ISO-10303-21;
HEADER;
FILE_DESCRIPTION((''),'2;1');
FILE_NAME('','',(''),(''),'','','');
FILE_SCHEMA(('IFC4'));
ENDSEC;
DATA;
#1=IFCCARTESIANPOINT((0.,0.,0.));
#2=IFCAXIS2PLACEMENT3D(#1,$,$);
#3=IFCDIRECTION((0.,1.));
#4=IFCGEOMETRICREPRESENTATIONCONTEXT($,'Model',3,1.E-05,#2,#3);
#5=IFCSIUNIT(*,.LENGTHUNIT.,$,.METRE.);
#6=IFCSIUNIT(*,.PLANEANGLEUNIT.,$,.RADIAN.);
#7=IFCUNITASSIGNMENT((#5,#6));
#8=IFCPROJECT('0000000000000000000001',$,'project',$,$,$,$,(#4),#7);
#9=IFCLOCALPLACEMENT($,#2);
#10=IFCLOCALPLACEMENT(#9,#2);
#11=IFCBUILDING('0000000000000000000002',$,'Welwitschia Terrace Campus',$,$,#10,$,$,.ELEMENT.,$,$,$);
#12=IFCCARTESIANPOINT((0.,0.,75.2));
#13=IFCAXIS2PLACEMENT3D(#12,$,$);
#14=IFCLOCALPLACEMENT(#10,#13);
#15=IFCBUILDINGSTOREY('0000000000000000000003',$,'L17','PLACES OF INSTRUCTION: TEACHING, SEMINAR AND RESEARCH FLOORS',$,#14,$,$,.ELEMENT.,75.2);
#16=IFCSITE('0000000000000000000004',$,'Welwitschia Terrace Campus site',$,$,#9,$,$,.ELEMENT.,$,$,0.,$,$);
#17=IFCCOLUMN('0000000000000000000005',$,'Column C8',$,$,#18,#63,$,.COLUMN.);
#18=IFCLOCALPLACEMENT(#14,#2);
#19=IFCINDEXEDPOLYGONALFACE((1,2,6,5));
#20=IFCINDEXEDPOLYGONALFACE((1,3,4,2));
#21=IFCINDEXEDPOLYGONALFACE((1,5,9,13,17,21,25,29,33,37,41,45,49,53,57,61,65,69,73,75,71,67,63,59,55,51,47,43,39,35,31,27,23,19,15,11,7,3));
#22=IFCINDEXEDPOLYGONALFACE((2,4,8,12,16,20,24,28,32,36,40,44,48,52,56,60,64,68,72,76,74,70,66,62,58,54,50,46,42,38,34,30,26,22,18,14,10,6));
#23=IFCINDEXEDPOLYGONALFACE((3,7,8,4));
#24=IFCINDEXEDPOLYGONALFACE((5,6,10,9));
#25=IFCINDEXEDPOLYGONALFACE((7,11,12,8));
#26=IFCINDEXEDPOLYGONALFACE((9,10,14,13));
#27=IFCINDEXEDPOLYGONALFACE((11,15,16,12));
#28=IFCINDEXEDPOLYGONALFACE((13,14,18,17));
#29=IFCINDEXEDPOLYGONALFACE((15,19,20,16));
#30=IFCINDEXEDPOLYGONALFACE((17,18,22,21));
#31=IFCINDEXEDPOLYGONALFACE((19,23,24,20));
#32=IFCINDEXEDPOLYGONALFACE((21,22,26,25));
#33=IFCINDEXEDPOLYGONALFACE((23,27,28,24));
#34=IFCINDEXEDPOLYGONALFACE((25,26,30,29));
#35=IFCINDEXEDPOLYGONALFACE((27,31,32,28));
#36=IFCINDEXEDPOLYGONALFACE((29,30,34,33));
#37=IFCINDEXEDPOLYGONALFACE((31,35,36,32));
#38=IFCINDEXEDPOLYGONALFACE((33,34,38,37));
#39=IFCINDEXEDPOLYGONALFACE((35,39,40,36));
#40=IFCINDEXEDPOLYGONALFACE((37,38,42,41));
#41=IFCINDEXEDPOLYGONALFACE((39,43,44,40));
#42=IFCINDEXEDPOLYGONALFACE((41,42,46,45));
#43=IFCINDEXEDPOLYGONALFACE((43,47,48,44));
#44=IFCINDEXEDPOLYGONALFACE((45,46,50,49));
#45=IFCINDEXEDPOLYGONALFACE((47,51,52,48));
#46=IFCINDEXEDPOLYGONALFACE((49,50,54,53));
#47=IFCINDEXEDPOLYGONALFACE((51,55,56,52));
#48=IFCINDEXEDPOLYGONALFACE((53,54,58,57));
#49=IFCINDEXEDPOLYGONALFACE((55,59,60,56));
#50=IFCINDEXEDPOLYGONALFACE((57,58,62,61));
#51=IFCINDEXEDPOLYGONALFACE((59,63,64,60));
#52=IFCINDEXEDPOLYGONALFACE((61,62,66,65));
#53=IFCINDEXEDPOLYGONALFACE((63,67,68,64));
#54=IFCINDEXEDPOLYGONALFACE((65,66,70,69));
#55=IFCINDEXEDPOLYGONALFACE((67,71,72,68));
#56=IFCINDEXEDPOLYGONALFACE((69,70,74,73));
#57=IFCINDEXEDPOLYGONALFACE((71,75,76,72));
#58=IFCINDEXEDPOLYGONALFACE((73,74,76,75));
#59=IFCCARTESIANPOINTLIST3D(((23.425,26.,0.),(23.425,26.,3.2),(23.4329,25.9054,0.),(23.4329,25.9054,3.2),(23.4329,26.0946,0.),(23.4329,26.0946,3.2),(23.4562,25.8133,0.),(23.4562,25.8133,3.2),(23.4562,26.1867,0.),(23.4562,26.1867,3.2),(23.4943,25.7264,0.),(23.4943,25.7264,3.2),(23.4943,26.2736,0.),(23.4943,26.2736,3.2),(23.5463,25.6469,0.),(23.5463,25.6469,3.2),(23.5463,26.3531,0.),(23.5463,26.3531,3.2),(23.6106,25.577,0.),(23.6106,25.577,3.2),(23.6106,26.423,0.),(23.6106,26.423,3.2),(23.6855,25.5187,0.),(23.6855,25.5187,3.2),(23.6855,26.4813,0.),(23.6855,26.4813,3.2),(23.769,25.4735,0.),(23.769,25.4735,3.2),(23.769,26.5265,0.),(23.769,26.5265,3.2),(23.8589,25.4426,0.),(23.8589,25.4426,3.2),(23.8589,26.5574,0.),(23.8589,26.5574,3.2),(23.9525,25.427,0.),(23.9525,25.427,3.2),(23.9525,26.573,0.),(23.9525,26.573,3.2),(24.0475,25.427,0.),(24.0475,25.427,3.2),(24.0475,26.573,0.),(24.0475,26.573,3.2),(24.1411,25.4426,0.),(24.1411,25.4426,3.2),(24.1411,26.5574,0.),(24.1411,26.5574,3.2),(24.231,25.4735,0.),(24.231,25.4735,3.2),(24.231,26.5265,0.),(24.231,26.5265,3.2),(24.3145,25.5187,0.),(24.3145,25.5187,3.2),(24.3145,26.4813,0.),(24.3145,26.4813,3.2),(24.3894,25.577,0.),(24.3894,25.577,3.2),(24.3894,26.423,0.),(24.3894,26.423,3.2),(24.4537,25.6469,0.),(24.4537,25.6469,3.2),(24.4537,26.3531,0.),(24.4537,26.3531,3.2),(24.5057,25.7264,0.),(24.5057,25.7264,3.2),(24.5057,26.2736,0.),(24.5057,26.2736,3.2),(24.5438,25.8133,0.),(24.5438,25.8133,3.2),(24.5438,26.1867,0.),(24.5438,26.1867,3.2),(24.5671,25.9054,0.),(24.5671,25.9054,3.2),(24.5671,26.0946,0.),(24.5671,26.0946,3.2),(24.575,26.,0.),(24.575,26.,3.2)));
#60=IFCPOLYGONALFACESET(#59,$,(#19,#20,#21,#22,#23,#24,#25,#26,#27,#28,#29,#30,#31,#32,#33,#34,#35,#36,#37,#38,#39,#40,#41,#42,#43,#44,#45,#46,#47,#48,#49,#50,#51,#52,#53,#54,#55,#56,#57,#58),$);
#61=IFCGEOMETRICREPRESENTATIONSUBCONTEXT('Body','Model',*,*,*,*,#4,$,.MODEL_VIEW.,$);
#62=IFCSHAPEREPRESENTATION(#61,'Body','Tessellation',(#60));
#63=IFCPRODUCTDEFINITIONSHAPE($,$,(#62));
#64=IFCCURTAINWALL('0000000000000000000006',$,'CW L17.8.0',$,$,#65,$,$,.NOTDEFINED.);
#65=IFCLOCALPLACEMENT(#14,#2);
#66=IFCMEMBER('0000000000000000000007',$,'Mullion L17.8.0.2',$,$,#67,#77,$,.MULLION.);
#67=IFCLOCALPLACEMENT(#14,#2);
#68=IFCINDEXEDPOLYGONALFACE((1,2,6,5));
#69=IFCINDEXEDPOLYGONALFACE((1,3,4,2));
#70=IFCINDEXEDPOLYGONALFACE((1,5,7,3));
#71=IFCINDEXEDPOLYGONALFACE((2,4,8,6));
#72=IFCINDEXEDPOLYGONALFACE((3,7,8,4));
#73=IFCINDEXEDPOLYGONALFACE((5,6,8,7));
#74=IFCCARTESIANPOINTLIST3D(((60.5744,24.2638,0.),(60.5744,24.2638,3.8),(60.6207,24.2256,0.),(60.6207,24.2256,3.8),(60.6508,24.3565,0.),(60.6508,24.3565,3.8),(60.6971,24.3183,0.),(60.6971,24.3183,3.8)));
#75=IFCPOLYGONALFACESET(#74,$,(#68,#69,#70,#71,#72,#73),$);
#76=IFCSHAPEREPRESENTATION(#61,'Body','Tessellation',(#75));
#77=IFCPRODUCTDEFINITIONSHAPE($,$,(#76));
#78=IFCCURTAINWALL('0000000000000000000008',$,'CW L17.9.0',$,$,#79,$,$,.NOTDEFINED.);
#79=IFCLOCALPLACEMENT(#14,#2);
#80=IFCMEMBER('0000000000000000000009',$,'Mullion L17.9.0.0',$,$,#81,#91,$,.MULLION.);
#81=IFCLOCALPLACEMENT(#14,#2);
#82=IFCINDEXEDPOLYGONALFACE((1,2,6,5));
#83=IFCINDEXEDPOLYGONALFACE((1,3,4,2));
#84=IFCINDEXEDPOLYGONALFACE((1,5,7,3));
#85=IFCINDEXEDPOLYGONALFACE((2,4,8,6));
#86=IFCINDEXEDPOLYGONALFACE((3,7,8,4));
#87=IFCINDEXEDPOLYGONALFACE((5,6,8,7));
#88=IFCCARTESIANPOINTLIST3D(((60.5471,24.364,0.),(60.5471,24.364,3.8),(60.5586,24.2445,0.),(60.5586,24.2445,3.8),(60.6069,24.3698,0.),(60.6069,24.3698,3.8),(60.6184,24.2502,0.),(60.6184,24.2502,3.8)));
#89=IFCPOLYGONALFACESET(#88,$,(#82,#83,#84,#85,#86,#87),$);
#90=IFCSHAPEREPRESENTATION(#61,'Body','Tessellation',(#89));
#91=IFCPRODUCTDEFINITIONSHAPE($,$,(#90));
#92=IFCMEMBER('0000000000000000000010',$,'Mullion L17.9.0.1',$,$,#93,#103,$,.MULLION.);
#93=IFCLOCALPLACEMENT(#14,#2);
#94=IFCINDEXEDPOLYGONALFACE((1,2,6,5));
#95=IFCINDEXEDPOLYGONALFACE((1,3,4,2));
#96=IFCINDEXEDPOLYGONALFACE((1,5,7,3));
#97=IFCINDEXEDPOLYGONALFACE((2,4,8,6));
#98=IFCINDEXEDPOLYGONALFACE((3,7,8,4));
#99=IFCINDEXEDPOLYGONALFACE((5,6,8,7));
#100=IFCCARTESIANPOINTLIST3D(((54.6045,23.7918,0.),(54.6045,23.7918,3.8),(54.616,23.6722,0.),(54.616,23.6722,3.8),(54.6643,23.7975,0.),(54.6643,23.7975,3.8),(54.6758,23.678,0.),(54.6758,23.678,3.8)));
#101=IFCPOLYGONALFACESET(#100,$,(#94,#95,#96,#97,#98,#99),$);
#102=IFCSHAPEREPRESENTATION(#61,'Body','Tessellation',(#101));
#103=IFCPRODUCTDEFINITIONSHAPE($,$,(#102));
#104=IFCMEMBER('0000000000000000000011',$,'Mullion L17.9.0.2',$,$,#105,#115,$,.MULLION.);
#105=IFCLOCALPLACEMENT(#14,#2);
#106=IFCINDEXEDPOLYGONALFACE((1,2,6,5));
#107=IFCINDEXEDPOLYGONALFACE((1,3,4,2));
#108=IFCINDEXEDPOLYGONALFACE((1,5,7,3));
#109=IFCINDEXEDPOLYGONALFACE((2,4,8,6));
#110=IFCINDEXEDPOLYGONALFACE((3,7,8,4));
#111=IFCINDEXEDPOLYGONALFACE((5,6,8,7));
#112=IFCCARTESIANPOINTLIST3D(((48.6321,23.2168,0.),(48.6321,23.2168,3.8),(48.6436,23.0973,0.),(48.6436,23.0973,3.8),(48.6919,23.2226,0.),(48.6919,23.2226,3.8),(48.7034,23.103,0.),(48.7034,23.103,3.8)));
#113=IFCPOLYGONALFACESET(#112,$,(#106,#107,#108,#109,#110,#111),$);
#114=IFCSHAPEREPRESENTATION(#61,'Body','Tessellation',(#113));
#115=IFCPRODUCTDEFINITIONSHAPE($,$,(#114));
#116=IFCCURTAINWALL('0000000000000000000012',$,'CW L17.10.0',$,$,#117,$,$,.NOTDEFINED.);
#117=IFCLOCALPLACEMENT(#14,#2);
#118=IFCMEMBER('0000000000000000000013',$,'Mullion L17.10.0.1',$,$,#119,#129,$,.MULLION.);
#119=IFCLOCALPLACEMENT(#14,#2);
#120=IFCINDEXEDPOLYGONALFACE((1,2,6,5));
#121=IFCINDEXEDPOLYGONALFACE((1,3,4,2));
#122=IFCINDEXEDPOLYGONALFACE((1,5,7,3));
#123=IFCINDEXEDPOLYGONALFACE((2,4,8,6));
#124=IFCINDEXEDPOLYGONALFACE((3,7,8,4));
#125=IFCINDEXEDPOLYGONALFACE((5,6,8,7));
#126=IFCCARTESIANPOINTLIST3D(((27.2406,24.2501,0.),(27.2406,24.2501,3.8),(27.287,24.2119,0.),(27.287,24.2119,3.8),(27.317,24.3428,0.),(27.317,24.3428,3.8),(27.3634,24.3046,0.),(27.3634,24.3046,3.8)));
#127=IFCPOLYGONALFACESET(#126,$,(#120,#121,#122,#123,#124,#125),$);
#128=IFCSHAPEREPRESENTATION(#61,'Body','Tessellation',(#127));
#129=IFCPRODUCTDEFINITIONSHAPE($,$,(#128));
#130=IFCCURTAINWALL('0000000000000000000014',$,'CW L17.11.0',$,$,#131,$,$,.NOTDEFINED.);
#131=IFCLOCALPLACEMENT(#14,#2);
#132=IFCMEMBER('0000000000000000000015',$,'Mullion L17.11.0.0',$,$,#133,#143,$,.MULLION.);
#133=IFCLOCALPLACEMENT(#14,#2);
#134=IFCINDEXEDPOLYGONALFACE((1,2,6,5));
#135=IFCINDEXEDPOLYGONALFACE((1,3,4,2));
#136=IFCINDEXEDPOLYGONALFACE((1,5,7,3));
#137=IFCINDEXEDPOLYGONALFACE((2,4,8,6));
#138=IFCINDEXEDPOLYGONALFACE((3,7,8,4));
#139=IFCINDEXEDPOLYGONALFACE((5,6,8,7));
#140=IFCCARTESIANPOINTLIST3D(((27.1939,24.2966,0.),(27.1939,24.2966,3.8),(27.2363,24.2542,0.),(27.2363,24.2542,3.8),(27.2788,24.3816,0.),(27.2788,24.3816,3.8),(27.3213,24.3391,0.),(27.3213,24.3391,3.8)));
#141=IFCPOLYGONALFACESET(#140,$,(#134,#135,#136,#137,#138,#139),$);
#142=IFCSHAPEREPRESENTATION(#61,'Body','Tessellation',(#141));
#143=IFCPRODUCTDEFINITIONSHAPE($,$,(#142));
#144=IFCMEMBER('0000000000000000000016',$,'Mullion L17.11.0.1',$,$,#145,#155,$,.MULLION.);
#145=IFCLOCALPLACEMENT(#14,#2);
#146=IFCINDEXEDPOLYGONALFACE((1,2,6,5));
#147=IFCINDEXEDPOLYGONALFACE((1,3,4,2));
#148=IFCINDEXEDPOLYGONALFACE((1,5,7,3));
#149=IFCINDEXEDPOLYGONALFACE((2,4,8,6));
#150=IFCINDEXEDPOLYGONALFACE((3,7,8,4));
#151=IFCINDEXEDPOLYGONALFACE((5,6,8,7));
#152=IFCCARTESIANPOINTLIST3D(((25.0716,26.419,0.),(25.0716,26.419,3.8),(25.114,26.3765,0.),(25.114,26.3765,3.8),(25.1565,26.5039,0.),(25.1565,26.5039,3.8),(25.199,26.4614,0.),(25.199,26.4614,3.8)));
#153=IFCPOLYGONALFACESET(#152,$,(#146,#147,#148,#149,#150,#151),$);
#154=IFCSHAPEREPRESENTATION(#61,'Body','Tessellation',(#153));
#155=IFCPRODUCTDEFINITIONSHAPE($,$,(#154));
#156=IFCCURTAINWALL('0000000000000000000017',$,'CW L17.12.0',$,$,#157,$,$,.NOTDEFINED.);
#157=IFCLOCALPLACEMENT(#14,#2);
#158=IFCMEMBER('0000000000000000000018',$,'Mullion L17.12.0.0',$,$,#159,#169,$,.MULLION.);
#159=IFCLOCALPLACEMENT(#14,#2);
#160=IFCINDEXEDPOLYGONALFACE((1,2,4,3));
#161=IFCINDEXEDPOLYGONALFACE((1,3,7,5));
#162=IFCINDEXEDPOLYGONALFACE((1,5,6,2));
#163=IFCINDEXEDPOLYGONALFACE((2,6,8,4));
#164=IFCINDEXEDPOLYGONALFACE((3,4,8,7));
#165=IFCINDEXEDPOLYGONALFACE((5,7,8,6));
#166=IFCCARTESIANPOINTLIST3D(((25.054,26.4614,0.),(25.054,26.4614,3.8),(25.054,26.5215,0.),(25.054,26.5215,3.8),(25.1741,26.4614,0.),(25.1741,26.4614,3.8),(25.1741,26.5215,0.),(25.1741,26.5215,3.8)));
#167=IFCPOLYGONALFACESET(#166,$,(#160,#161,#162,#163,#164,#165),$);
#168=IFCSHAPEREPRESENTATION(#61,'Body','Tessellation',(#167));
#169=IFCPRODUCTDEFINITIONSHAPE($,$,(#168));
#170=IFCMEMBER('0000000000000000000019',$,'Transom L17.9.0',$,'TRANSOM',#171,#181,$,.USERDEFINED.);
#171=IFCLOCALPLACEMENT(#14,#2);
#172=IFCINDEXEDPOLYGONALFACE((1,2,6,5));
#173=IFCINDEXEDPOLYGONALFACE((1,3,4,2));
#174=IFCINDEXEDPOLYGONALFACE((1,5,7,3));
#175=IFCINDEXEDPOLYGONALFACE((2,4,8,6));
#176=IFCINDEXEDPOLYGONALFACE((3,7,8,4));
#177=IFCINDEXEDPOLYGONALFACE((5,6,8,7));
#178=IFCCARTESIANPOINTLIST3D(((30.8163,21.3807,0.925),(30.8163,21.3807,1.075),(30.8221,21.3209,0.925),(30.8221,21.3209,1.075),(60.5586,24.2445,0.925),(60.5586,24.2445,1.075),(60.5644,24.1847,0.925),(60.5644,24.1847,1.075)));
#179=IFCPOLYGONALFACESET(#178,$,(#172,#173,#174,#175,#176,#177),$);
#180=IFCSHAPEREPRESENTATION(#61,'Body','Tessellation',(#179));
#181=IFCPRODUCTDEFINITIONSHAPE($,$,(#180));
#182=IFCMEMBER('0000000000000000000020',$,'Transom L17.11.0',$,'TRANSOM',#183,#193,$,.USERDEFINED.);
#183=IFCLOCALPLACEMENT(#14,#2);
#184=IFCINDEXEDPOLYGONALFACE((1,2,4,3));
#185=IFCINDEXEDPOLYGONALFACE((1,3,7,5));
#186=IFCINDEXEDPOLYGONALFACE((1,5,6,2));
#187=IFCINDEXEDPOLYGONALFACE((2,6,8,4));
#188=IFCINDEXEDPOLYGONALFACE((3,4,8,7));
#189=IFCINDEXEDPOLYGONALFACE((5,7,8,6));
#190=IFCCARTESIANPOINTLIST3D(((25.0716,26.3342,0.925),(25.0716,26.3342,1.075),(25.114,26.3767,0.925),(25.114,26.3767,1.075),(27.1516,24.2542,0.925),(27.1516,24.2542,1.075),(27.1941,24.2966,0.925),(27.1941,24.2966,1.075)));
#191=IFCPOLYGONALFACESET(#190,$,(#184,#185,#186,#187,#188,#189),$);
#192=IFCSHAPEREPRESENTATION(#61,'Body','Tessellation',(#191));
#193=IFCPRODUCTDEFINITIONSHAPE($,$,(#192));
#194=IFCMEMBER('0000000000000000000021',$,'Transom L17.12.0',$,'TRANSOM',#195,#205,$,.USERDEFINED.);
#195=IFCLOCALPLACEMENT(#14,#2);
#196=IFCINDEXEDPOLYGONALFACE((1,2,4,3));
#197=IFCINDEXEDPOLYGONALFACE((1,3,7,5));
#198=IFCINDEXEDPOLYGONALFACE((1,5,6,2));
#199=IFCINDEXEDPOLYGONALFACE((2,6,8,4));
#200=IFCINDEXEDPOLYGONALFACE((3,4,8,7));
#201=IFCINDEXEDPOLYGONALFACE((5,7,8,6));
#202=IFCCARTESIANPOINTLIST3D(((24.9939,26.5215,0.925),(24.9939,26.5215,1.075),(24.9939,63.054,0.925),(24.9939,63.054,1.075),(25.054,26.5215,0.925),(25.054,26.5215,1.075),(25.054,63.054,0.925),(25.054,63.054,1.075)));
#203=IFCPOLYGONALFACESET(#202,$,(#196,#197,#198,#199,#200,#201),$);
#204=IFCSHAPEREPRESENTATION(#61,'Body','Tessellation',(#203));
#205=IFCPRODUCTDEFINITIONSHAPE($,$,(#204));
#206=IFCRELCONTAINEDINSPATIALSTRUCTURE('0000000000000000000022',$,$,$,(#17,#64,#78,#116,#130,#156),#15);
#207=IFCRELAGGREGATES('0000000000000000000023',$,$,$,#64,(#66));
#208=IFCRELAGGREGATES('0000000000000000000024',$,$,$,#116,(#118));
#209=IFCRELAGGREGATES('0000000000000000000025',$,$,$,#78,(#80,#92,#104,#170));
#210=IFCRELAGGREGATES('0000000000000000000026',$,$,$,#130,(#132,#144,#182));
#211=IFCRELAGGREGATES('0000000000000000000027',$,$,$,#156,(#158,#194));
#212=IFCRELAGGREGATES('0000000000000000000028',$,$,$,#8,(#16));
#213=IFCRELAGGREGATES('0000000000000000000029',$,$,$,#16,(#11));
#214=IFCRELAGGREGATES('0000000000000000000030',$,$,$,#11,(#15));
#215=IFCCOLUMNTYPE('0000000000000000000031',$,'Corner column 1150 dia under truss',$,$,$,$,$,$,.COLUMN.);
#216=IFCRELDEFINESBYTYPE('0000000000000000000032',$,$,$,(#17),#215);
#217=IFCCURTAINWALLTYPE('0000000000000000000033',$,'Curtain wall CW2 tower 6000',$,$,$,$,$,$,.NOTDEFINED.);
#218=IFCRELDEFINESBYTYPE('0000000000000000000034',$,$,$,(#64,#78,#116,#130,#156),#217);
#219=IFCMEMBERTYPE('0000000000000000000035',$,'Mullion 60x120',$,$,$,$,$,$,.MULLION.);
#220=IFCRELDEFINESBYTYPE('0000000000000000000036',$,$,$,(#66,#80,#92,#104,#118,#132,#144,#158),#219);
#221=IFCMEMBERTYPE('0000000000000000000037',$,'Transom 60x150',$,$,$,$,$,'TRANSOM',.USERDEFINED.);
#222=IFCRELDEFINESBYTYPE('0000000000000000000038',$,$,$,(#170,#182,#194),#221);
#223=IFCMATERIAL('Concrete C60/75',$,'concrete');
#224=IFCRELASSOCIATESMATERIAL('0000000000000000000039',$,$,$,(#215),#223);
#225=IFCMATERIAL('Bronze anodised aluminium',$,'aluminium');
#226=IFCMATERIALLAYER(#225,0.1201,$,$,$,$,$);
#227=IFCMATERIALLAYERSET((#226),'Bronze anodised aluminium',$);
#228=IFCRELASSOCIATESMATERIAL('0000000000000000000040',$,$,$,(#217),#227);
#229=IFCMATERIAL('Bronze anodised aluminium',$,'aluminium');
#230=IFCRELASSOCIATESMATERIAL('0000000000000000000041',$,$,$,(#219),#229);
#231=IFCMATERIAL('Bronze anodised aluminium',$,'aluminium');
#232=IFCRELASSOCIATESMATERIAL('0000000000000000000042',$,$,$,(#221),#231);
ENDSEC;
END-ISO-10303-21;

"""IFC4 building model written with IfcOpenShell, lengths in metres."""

from ifc_helpers import new_model, si_unit, direction, frame, origin, origin_2d, place, context, subcontext, project, spatial, rectangle, circle, extrude, material, layer, layer_set, material_profile, profile_set, type_object, element, aggregate, save


model = new_model("IFC4")

# Units and contexts
model_context = context("Model", 3, precision=1e-05, world=origin(), true_north=direction((0.0, 1.0)))
body_context = subcontext(model_context, "Body", "Model", "MODEL_VIEW")
ifc_project = project(units=[si_unit("LENGTHUNIT", "METRE"), si_unit("PLANEANGLEUNIT", "RADIAN")], contexts=[model_context])

# Site, building, storey
site_placement = place(None, origin())
site = spatial("IfcSite", under=ifc_project, at=site_placement, Name="Welwitschia Terrace Campus site", CompositionType="ELEMENT", RefElevation=0.0)
building_placement = place(site_placement, origin())
building = spatial("IfcBuilding", under=site, at=building_placement, Name="Welwitschia Terrace Campus", CompositionType="ELEMENT")
storey_placement = place(building_placement, frame((0.0, 0.0, 75.2)))
storey = spatial("IfcBuildingStorey", under=building, at=storey_placement, Name="L17", Description="PLACES OF INSTRUCTION: TEACHING, SEMINAR AND RESEARCH FLOORS", CompositionType="ELEMENT", Elevation=75.2)

# Column
ifc_material_1 = material(Name="Concrete C60/75", Category="concrete")
ifc_material_profile_1 = material_profile(ifc_material_1, circle(Radius=0.575, at=origin_2d()))
ifc_profile_set_1 = profile_set([ifc_material_profile_1], Name="Concrete C60/75")
column_type = type_object("IfcColumnType", Name="Corner column 1150 dia under truss", PredefinedType="COLUMN", material=ifc_profile_set_1)
column_placement = place(storey_placement, frame((24.0, 26.0, 0.0), z_axis=(0.0, 0.0, 1.0), x_axis=(1.0, 0.0, 0.0)))
element("IfcColumn", 1, at=column_placement, inside=storey, type_object=column_type, Name="Column C8", PredefinedType="COLUMN", context=body_context, shape_type="SweptSolid", body=[
    extrude(circle(Radius=0.575, at=origin_2d()), origin(), (0.0, 0.0, 1.0), 3.2),
])

# Curtain wall, member
ifc_material_2 = material(Name="Bronze anodised aluminium", Category="aluminium")
ifc_layer_1 = layer(ifc_material_2, 0.1201)
ifc_layer_set_1 = layer_set([ifc_layer_1], Name="Bronze anodised aluminium")
curtain_wall_type = type_object("IfcCurtainWallType", Name="Curtain wall CW2 tower 6000", PredefinedType="NOTDEFINED", material=ifc_layer_set_1)
curtain_wall_1_placement = place(storey_placement, origin())
curtain_wall_1 = element("IfcCurtainWall", 2, at=curtain_wall_1_placement, inside=storey, type_object=curtain_wall_type, Name="CW L17.8.0", PredefinedType="NOTDEFINED")
ifc_material_3 = material(Name="Bronze anodised aluminium", Category="aluminium")
ifc_material_profile_2 = material_profile(ifc_material_3, rectangle(XDim=0.1201, YDim=0.0601, at=origin_2d()))
ifc_profile_set_2 = profile_set([ifc_material_profile_2], Name="Bronze anodised aluminium")
member_type_1 = type_object("IfcMemberType", Name="Mullion 60x120", PredefinedType="MULLION", material=ifc_profile_set_2)
member_1_placement = place(storey_placement, frame((60.6357, 24.291, 0.0), z_axis=(0.0, 0.0, 1.0), x_axis=(-0.636078, -0.771625, 0.0)))
member_1 = element("IfcMember", 3, at=member_1_placement, type_object=member_type_1, Name="Mullion L17.8.0.2", PredefinedType="MULLION", context=body_context, shape_type="SweptSolid", body=[
    extrude(rectangle(XDim=0.1201, YDim=0.0601, at=origin_2d()), origin(), (0.0, 0.0, 1.0), 3.8),
])
aggregate(curtain_wall_1, [member_1])

# Curtain wall, members
curtain_wall_2_placement = place(storey_placement, origin())
curtain_wall_2 = element("IfcCurtainWall", 4, at=curtain_wall_2_placement, inside=storey, type_object=curtain_wall_type, Name="CW L17.9.0", PredefinedType="NOTDEFINED")
member_2_placement = place(storey_placement, frame((60.5828, 24.3071, 0.0), z_axis=(0.0, 0.0, 1.0), x_axis=(0.095846, -0.995396, 0.0)))
member_2 = element("IfcMember", 5, at=member_2_placement, type_object=member_type_1, Name="Mullion L17.9.0.0", PredefinedType="MULLION", context=body_context, shape_type="SweptSolid", body=[
    extrude(rectangle(XDim=0.1201, YDim=0.0601, at=origin_2d()), origin(), (0.0, 0.0, 1.0), 3.8),
])
member_3_placement = place(storey_placement, frame((54.6401, 23.7349, 0.0), z_axis=(0.0, 0.0, 1.0), x_axis=(0.095846, -0.995396, 0.0)))
member_3 = element("IfcMember", 6, at=member_3_placement, type_object=member_type_1, Name="Mullion L17.9.0.1", PredefinedType="MULLION", context=body_context, shape_type="SweptSolid", body=[
    extrude(rectangle(XDim=0.1201, YDim=0.0601, at=origin_2d()), origin(), (0.0, 0.0, 1.0), 3.8),
])
member_4_placement = place(storey_placement, frame((48.6677, 23.1599, 0.0), z_axis=(0.0, 0.0, 1.0), x_axis=(0.095846, -0.995396, 0.0)))
member_4 = element("IfcMember", 7, at=member_4_placement, type_object=member_type_1, Name="Mullion L17.9.0.2", PredefinedType="MULLION", context=body_context, shape_type="SweptSolid", body=[
    extrude(rectangle(XDim=0.1201, YDim=0.0601, at=origin_2d()), origin(), (0.0, 0.0, 1.0), 3.8),
])

# Curtain wall, member
curtain_wall_3_placement = place(storey_placement, origin())
curtain_wall_3 = element("IfcCurtainWall", 8, at=curtain_wall_3_placement, inside=storey, type_object=curtain_wall_type, Name="CW L17.10.0", PredefinedType="NOTDEFINED")
member_5_placement = place(storey_placement, frame((27.302, 24.2773, 0.0), z_axis=(0.0, 0.0, 1.0), x_axis=(-0.636078, -0.771625, 0.0)))
member_5 = element("IfcMember", 9, at=member_5_placement, type_object=member_type_1, Name="Mullion L17.10.0.1", PredefinedType="MULLION", context=body_context, shape_type="SweptSolid", body=[
    extrude(rectangle(XDim=0.1201, YDim=0.0601, at=origin_2d()), origin(), (0.0, 0.0, 1.0), 3.8),
])
aggregate(curtain_wall_3, [member_5])

# Curtain wall, members
curtain_wall_4_placement = place(storey_placement, origin())
curtain_wall_4 = element("IfcCurtainWall", 10, at=curtain_wall_4_placement, inside=storey, type_object=curtain_wall_type, Name="CW L17.11.0", PredefinedType="NOTDEFINED")
member_6_placement = place(storey_placement, frame((27.2576, 24.3179, 0.0), z_axis=(0.0, 0.0, 1.0), x_axis=(-0.707107, -0.707107, 0.0)))
member_6 = element("IfcMember", 11, at=member_6_placement, type_object=member_type_1, Name="Mullion L17.11.0.0", PredefinedType="MULLION", context=body_context, shape_type="SweptSolid", body=[
    extrude(rectangle(XDim=0.1201, YDim=0.0601, at=origin_2d()), origin(), (0.0, 0.0, 1.0), 3.8),
])
member_7_placement = place(storey_placement, frame((25.1353, 26.4402, 0.0), z_axis=(0.0, 0.0, 1.0), x_axis=(-0.707107, -0.707107, 0.0)))
member_7 = element("IfcMember", 12, at=member_7_placement, type_object=member_type_1, Name="Mullion L17.11.0.1", PredefinedType="MULLION", context=body_context, shape_type="SweptSolid", body=[
    extrude(rectangle(XDim=0.1201, YDim=0.0601, at=origin_2d()), origin(), (0.0, 0.0, 1.0), 3.8),
])

# Curtain wall, member
curtain_wall_5_placement = place(storey_placement, origin())
curtain_wall_5 = element("IfcCurtainWall", 13, at=curtain_wall_5_placement, inside=storey, type_object=curtain_wall_type, Name="CW L17.12.0", PredefinedType="NOTDEFINED")
member_8_placement = place(storey_placement, frame((25.114, 26.4915, 0.0), z_axis=(0.0, 0.0, 1.0), x_axis=(-1.0, 0.0, 0.0)))
member_8 = element("IfcMember", 14, at=member_8_placement, type_object=member_type_1, Name="Mullion L17.12.0.0", PredefinedType="MULLION", context=body_context, shape_type="SweptSolid", body=[
    extrude(rectangle(XDim=0.1201, YDim=0.0601, at=origin_2d()), origin(), (0.0, 0.0, 1.0), 3.8),
])

# Members
ifc_material_4 = material(Name="Bronze anodised aluminium", Category="aluminium")
ifc_material_profile_3 = material_profile(ifc_material_4, rectangle(XDim=0.0601, YDim=0.1499, at=origin_2d()))
ifc_profile_set_3 = profile_set([ifc_material_profile_3], Name="Bronze anodised aluminium")
member_type_2 = type_object("IfcMemberType", Name="Transom 60x150", ElementType="TRANSOM", PredefinedType="USERDEFINED", material=ifc_profile_set_3)
member_9_placement = place(storey_placement, frame((60.5615, 24.2146, 1.0), z_axis=(-0.995397, -0.095842, 0.0), x_axis=(0.095842, -0.995397, 0.0)))
member_9 = element("IfcMember", 15, at=member_9_placement, type_object=member_type_2, Name="Transom L17.9.0", ObjectType="TRANSOM", PredefinedType="USERDEFINED", context=body_context, shape_type="SweptSolid", body=[
    extrude(rectangle(XDim=0.0601, YDim=0.1499, at=origin_2d()), origin(), (0.0, 0.0, 1.0), 29.8799),
])
member_10_placement = place(storey_placement, frame((27.1729, 24.2754, 1.0), z_axis=(-0.707107, 0.707107, 0.0), x_axis=(-0.707107, -0.707107, 0.0)))
member_10 = element("IfcMember", 16, at=member_10_placement, type_object=member_type_2, Name="Transom L17.11.0", ObjectType="TRANSOM", PredefinedType="USERDEFINED", context=body_context, shape_type="SweptSolid", body=[
    extrude(rectangle(XDim=0.0601, YDim=0.1499, at=origin_2d()), origin(), (0.0, 0.0, 1.0), 2.9417),
])
member_11_placement = place(storey_placement, frame((25.0239, 26.5215, 1.0), z_axis=(0.0, 1.0, 0.0), x_axis=(-1.0, 0.0, 0.0)))
member_11 = element("IfcMember", 17, at=member_11_placement, type_object=member_type_2, Name="Transom L17.12.0", ObjectType="TRANSOM", PredefinedType="USERDEFINED", context=body_context, shape_type="SweptSolid", body=[
    extrude(rectangle(XDim=0.0601, YDim=0.1499, at=origin_2d()), origin(), (0.0, 0.0, 1.0), 36.5325),
])

aggregate(curtain_wall_2, [member_2, member_3, member_4, member_9])
aggregate(curtain_wall_4, [member_6, member_7, member_10])
aggregate(curtain_wall_5, [member_8, member_11])

save(model, "model.ifc")
